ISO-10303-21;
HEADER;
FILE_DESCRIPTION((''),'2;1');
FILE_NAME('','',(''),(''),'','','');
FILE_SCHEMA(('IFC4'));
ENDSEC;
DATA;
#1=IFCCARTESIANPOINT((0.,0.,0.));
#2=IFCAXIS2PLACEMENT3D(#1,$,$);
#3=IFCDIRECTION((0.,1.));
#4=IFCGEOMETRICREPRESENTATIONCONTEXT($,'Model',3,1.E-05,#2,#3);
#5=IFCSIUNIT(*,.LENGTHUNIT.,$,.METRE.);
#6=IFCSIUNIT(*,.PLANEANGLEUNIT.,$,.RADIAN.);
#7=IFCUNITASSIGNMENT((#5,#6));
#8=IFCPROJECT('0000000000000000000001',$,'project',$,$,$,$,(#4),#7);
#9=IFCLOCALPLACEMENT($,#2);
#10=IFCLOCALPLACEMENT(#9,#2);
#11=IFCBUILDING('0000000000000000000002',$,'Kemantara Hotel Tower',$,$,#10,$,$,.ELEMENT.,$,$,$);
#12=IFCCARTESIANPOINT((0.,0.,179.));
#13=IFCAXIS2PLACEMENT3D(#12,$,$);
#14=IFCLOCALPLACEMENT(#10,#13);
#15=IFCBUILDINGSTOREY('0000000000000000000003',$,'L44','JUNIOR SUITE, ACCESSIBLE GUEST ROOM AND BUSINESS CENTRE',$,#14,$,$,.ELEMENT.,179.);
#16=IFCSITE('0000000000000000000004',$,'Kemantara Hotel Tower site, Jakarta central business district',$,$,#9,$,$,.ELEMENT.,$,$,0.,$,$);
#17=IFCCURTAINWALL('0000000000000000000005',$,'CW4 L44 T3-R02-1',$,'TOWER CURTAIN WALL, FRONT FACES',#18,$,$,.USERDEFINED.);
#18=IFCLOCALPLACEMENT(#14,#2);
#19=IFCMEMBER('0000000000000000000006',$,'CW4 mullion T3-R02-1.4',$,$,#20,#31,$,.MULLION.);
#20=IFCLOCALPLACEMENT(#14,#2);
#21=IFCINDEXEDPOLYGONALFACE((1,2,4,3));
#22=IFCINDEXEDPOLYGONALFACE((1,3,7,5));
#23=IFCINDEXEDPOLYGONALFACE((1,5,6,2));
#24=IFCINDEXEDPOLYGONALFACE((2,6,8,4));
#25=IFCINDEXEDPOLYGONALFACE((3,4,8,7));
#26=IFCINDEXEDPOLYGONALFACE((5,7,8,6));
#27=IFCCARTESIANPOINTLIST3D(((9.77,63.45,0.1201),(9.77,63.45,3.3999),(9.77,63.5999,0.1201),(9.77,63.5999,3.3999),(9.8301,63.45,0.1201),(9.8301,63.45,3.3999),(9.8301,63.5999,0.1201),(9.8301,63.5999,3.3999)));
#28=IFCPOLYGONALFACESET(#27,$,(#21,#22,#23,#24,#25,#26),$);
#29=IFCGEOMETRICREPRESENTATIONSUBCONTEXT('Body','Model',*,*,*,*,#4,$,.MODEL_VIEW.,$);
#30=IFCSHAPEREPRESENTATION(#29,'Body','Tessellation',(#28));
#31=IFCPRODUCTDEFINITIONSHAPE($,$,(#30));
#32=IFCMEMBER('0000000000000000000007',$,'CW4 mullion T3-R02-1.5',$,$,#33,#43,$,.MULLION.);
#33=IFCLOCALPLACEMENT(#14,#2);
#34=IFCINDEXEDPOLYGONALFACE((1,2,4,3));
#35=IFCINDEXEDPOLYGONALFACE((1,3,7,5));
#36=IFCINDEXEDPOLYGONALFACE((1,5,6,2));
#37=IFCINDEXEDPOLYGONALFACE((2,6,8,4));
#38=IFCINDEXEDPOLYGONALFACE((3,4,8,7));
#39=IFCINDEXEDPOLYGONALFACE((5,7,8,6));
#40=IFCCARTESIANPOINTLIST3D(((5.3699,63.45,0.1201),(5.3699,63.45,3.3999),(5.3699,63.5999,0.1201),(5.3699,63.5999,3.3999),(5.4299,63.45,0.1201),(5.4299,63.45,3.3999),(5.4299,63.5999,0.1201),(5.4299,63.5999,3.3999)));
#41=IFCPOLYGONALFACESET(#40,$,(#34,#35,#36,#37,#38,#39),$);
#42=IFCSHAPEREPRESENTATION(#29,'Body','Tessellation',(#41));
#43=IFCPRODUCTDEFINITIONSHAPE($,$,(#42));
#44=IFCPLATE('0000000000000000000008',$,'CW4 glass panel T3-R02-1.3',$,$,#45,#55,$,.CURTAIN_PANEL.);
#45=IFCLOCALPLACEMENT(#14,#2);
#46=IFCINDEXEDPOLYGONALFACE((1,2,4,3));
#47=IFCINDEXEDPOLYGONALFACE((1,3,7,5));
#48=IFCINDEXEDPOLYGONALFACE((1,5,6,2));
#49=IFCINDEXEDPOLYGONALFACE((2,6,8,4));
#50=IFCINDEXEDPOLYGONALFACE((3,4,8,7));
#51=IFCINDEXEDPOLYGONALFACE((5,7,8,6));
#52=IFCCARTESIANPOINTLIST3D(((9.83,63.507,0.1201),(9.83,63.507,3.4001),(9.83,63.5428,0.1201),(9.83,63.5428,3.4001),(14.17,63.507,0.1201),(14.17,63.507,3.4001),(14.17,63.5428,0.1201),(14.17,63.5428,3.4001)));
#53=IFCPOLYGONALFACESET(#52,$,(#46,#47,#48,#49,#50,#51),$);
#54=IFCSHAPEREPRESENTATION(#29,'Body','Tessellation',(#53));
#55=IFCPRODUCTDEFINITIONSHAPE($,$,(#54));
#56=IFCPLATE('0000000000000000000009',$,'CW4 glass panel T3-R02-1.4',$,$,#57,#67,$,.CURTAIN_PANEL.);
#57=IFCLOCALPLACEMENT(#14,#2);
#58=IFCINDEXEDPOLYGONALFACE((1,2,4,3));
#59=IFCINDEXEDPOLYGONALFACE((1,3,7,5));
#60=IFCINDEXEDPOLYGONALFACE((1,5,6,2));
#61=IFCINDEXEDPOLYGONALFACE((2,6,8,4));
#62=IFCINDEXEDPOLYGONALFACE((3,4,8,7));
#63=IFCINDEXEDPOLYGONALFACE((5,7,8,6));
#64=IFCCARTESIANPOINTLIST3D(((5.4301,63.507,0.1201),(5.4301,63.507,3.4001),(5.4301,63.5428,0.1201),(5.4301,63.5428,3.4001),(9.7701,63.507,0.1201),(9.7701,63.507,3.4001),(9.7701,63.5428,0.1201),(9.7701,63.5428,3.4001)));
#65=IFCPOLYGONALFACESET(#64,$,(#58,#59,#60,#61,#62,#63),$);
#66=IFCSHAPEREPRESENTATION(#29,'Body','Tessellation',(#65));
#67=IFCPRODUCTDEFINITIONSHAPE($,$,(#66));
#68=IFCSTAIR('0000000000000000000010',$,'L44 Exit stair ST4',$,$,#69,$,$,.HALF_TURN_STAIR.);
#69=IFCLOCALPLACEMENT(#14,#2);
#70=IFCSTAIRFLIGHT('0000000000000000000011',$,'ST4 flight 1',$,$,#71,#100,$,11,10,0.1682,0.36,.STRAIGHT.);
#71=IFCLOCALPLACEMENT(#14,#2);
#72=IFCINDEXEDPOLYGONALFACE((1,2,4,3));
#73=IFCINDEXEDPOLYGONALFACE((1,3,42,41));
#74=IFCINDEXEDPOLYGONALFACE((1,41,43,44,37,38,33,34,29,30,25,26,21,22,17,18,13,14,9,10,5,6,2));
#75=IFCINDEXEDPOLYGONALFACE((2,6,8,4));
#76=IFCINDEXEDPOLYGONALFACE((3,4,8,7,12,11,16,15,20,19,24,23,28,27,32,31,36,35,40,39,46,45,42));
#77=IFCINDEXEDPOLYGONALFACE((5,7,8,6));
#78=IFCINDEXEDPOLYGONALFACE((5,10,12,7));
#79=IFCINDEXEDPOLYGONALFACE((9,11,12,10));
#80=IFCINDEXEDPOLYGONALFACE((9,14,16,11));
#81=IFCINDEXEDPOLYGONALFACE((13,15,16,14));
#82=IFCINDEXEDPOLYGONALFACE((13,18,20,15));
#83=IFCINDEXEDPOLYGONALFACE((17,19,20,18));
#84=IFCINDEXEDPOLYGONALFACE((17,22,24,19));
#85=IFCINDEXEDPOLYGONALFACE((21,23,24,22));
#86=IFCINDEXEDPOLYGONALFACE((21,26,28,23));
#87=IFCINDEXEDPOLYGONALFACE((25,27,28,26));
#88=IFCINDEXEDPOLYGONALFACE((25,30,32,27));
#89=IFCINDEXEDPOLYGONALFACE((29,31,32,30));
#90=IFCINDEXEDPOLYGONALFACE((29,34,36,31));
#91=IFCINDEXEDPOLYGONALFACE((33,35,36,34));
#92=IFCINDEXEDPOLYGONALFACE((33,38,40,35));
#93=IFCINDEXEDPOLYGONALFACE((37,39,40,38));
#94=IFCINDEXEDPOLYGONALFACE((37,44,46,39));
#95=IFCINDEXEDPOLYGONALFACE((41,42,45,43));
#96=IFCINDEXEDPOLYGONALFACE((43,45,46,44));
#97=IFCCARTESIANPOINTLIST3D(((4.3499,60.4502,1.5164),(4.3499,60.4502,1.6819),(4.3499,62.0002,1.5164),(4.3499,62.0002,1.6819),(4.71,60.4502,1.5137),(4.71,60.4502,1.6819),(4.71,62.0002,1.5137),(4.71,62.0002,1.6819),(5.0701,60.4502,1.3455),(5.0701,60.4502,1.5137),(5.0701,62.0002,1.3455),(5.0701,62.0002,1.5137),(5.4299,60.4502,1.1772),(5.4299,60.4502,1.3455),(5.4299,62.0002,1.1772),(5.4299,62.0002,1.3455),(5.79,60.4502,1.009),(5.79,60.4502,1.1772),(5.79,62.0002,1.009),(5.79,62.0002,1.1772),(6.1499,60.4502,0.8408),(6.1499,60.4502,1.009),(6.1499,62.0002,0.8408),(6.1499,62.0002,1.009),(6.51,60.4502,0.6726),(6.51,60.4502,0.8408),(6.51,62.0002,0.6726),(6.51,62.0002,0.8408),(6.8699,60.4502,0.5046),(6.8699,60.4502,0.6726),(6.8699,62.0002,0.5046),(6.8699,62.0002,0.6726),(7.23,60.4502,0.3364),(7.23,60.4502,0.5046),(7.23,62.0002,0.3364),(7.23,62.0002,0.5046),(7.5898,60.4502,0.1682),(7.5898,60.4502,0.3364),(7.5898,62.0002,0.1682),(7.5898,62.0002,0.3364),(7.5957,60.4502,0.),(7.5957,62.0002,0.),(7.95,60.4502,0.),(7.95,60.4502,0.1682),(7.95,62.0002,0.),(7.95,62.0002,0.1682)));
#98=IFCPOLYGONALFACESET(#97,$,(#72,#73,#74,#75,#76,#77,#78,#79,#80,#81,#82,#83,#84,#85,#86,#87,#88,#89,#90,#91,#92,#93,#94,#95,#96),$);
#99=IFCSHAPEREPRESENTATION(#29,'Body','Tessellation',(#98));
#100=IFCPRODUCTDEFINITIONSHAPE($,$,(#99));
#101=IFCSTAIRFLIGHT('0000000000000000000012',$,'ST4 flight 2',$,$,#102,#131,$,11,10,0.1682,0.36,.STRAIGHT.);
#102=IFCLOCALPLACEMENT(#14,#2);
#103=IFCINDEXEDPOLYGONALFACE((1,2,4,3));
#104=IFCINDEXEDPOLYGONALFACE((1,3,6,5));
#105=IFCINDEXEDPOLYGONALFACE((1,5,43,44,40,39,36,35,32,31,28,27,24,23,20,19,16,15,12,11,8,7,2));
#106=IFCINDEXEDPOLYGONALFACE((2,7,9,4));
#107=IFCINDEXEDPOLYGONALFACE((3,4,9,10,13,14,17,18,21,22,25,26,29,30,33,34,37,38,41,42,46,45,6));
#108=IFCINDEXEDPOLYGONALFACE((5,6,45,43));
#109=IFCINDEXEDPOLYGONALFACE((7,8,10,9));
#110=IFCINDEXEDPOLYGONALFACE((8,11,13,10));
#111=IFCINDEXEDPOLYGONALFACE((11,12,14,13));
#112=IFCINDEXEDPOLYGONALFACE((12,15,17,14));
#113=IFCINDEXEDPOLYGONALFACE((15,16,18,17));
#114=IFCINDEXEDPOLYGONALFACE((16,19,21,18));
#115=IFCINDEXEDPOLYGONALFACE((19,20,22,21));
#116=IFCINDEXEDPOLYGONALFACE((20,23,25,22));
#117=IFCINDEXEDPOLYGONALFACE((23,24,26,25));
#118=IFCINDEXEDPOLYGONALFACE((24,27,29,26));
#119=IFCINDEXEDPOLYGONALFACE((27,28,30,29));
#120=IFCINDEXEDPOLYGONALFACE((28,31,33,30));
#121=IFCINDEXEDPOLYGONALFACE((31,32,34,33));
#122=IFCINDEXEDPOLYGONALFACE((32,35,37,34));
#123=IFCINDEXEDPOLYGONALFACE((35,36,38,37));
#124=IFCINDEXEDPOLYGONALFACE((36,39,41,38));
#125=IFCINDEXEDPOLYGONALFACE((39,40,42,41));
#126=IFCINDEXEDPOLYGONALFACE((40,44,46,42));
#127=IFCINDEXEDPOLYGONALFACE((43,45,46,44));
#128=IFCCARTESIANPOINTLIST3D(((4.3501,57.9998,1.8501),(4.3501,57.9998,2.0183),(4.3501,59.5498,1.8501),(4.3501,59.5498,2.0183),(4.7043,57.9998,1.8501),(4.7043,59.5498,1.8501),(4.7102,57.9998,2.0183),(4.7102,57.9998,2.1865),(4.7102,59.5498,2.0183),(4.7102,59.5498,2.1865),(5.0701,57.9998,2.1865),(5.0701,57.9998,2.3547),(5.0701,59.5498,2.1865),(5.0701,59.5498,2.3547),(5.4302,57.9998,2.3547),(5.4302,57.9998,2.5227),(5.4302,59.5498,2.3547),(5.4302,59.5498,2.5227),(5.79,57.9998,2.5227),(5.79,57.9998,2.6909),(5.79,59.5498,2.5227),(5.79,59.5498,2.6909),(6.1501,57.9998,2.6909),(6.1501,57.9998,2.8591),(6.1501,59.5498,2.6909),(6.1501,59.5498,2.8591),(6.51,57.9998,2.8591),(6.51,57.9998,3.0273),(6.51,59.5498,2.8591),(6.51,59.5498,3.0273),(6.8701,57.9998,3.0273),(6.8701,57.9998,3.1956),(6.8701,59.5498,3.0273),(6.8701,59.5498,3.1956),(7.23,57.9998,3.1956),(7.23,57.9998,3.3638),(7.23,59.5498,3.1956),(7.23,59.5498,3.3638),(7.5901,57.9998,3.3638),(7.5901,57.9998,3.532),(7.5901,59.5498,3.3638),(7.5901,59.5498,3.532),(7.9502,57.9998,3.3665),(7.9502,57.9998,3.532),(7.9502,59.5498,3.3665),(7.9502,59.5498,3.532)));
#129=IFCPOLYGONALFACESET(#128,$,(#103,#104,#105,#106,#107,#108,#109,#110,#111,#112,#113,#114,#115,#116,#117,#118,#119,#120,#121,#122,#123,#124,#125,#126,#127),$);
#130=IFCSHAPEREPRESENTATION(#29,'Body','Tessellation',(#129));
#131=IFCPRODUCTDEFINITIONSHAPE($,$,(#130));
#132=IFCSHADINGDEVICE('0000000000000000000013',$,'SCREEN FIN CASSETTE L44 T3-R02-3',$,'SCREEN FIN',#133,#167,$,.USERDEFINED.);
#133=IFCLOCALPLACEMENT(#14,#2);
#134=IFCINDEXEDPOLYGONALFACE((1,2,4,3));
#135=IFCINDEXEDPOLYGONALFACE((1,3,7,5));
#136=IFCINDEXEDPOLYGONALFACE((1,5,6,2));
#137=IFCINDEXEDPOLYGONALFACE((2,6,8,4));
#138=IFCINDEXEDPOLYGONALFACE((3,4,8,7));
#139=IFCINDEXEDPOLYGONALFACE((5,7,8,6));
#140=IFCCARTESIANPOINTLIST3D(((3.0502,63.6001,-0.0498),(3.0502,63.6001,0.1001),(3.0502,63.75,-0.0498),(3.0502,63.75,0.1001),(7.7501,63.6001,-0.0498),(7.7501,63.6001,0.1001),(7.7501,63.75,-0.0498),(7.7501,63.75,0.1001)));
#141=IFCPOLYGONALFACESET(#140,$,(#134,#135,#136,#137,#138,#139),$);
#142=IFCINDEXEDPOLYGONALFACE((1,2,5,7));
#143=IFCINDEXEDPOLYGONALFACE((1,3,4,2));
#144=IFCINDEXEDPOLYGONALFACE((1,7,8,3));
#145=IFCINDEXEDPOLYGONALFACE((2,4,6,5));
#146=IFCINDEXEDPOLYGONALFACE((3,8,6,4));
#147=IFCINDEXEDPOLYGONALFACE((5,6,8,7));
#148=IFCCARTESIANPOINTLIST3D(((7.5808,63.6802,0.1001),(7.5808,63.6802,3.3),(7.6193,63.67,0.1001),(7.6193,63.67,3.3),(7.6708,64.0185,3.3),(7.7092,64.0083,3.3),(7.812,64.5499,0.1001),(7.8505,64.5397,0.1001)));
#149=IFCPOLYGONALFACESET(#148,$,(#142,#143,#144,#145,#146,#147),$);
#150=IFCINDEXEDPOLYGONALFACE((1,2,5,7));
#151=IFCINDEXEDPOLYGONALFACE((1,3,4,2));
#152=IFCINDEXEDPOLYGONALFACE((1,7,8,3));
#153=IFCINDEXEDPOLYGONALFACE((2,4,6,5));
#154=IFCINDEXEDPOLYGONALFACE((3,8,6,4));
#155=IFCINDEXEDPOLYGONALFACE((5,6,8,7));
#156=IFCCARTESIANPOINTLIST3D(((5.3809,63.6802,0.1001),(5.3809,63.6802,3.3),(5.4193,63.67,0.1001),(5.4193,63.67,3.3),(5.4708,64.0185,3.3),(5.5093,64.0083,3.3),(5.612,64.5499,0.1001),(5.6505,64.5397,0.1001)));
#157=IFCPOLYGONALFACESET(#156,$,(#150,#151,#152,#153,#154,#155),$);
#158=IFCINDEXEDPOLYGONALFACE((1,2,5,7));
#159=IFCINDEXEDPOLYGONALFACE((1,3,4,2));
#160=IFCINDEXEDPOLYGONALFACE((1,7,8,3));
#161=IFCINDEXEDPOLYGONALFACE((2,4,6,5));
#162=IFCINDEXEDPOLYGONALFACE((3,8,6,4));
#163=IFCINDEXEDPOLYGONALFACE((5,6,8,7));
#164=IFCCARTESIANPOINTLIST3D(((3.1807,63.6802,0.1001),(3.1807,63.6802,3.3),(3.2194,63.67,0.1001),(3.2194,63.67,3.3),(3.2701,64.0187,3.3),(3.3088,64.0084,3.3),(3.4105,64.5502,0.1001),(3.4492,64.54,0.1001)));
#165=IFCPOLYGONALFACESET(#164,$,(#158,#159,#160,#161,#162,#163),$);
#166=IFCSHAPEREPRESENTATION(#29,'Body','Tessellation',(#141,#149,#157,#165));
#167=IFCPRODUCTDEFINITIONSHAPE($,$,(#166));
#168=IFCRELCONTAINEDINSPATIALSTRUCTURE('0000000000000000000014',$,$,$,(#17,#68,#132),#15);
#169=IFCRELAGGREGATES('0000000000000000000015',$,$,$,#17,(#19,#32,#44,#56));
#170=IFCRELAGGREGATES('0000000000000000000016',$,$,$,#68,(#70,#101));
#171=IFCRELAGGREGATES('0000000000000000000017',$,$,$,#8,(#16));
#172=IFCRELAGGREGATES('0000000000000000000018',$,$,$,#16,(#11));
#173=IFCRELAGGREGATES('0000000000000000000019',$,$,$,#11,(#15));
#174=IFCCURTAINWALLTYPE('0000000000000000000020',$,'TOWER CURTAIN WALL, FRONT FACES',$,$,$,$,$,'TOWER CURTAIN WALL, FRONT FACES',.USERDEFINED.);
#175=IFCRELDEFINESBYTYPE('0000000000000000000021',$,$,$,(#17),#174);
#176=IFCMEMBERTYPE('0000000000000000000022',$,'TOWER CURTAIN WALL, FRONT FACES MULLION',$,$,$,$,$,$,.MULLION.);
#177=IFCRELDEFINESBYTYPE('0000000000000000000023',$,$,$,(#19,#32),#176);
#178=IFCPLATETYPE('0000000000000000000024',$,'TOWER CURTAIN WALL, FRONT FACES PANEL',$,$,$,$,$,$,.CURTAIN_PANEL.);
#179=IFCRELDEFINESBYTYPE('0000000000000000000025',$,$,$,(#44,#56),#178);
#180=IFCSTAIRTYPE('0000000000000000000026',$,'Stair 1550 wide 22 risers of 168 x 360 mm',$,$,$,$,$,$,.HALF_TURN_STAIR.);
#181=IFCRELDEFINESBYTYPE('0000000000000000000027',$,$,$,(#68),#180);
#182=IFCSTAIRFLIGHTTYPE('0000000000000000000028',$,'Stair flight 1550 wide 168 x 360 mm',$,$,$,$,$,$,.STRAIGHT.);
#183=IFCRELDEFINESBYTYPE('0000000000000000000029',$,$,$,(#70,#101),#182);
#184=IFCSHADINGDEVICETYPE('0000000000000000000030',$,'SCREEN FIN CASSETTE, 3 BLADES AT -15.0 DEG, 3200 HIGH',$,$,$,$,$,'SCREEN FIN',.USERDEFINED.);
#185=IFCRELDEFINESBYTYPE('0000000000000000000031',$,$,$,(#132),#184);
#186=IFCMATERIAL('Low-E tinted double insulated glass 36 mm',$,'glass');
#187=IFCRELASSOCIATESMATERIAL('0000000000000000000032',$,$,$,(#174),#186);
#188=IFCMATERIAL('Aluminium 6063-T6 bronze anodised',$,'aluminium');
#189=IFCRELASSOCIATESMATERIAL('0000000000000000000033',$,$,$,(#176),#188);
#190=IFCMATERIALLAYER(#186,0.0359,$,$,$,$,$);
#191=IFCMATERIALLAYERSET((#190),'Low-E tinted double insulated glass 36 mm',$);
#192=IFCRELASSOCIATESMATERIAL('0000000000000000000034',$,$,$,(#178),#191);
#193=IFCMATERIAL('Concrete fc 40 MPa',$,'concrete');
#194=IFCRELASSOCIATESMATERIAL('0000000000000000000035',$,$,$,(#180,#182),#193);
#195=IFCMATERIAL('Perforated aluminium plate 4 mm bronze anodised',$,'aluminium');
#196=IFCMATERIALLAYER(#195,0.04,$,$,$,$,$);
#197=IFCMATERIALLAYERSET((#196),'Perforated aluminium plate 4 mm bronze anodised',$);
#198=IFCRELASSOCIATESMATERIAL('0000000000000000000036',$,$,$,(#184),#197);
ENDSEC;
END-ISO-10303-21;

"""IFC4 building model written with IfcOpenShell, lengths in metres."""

from ifc_helpers import new_model, si_unit, direction, frame, origin, origin_2d, place, context, subcontext, project, spatial, polyline, rectangle, outline, extrude, source, transform, mapped, material, layer, layer_set, material_profile, profile_set, type_object, element, aggregate, save


model = new_model("IFC4")

# Units and contexts
model_context = context("Model", 3, precision=1e-05, world=origin(), true_north=direction((0.0, 1.0)))
body_context = subcontext(model_context, "Body", "Model", "MODEL_VIEW")
ifc_project = project(units=[si_unit("LENGTHUNIT", "METRE"), si_unit("PLANEANGLEUNIT", "RADIAN")], contexts=[model_context])

# Site, building, storey
site_placement = place(None, origin())
site = spatial("IfcSite", under=ifc_project, at=site_placement, Name="Kemantara Hotel Tower site, Jakarta central business district", CompositionType="ELEMENT", RefElevation=0.0)
building_placement = place(site_placement, origin())
building = spatial("IfcBuilding", under=site, at=building_placement, Name="Kemantara Hotel Tower", CompositionType="ELEMENT")
storey_placement = place(building_placement, frame((0.0, 0.0, 179.0)))
storey = spatial("IfcBuildingStorey", under=building, at=storey_placement, Name="L44", Description="JUNIOR SUITE, ACCESSIBLE GUEST ROOM AND BUSINESS CENTRE", CompositionType="ELEMENT", Elevation=179.0)

# Curtain wall, members, plates
ifc_material_1 = material(Name="Low-E tinted double insulated glass 36 mm", Category="glass")
curtain_wall_type = type_object("IfcCurtainWallType", Name="TOWER CURTAIN WALL, FRONT FACES", ElementType="TOWER CURTAIN WALL, FRONT FACES", PredefinedType="USERDEFINED", material=ifc_material_1)
curtain_wall_placement = place(storey_placement, origin())
curtain_wall = element("IfcCurtainWall", 1, at=curtain_wall_placement, inside=storey, type_object=curtain_wall_type, Name="CW4 L44 T3-R02-1", ObjectType="TOWER CURTAIN WALL, FRONT FACES", PredefinedType="USERDEFINED")
ifc_material_2 = material(Name="Aluminium 6063-T6 bronze anodised", Category="aluminium")
ifc_material_profile = material_profile(ifc_material_2, rectangle(XDim=0.1499, YDim=0.0601, at=origin_2d()), Name="TOWER CURTAIN WALL, FRONT FACES MULLION")
ifc_profile_set = profile_set([ifc_material_profile], Name="Aluminium 6063-T6 bronze anodised")
member_type = type_object("IfcMemberType", Name="TOWER CURTAIN WALL, FRONT FACES MULLION", PredefinedType="MULLION", material=ifc_profile_set)
shared_shape_1 = source(origin(), body_context, "Body", "SweptSolid", [
    extrude(rectangle(XDim=0.1499, YDim=0.0601, at=origin_2d()), origin(), (0.0, 0.0, 1.0), 3.2798),
])
member_1_placement = place(storey_placement, frame((9.8, 63.5249, 0.1201), z_axis=(0.0, 0.0, 1.0), x_axis=(0.0, -1.0, 0.0)))
member_1 = element("IfcMember", 2, at=member_1_placement, type_object=member_type, Name="CW4 mullion T3-R02-1.4", PredefinedType="MULLION", context=body_context, shape_type="MappedRepresentation", body=[
    mapped(shared_shape_1, transform((0.0, 0.0, 0.0))),
])
member_2_placement = place(storey_placement, frame((5.3999, 63.5249, 0.1201), z_axis=(0.0, 0.0, 1.0), x_axis=(0.0, -1.0, 0.0)))
member_2 = element("IfcMember", 3, at=member_2_placement, type_object=member_type, Name="CW4 mullion T3-R02-1.5", PredefinedType="MULLION", context=body_context, shape_type="MappedRepresentation", body=[
    mapped(shared_shape_1, transform((0.0, 0.0, 0.0))),
])
ifc_layer_1 = layer(ifc_material_1, 0.0359)
ifc_layer_set_1 = layer_set([ifc_layer_1], Name="Low-E tinted double insulated glass 36 mm")
plate_type = type_object("IfcPlateType", Name="TOWER CURTAIN WALL, FRONT FACES PANEL", PredefinedType="CURTAIN_PANEL", material=ifc_layer_set_1)
shared_shape_2 = source(origin(), body_context, "Body", "SweptSolid", [
    extrude(rectangle(XDim=4.3401, YDim=0.0359, at=origin_2d()), origin(), (0.0, 0.0, 1.0), 3.28),
])
plate_1_placement = place(storey_placement, frame((12.0, 63.5249, 0.1201), z_axis=(0.0, 0.0, 1.0), x_axis=(-1.0, 0.0, 0.0)))
plate_1 = element("IfcPlate", 4, at=plate_1_placement, type_object=plate_type, Name="CW4 glass panel T3-R02-1.3", PredefinedType="CURTAIN_PANEL", context=body_context, shape_type="MappedRepresentation", body=[
    mapped(shared_shape_2, transform((0.0, 0.0, 0.0))),
])
plate_2_placement = place(storey_placement, frame((7.6001, 63.5249, 0.1201), z_axis=(0.0, 0.0, 1.0), x_axis=(-1.0, 0.0, 0.0)))
plate_2 = element("IfcPlate", 5, at=plate_2_placement, type_object=plate_type, Name="CW4 glass panel T3-R02-1.4", PredefinedType="CURTAIN_PANEL", context=body_context, shape_type="MappedRepresentation", body=[
    mapped(shared_shape_2, transform((0.0, 0.0, 0.0))),
])
aggregate(curtain_wall, [member_1, member_2, plate_1, plate_2])

# Stair, stair flights
ifc_material_3 = material(Name="Concrete fc 40 MPa", Category="concrete")
stair_type = type_object("IfcStairType", Name="Stair 1550 wide 22 risers of 168 x 360 mm", PredefinedType="HALF_TURN_STAIR", material=ifc_material_3)
stair_placement = place(storey_placement, origin())
stair = element("IfcStair", 6, at=stair_placement, inside=storey, type_object=stair_type, Name="L44 Exit stair ST4", PredefinedType="HALF_TURN_STAIR")
stair_flight_type = type_object("IfcStairFlightType", Name="Stair flight 1550 wide 168 x 360 mm", PredefinedType="STRAIGHT", material=ifc_material_3)
stair_flight_1_placement = place(storey_placement, frame((7.95, 61.2251, 0.0), z_axis=(0.0, 0.0, 1.0), x_axis=(-1.0, 0.0, 0.0)))
stair_flight_1 = element("IfcStairFlight", 7, at=stair_flight_1_placement, type_object=stair_flight_type, Name="ST4 flight 1", NumberOfRisers=11, NumberOfTreads=10, PredefinedType="STRAIGHT", RiserHeight=0.1682, TreadLength=0.36, context=body_context, shape_type="SweptSolid", body=[
    extrude(outline(polyline([(0.0, 0.0), (0.0, 0.1682), (0.3601, 0.1682), (0.3601, 0.3364), (0.72, 0.3364), (0.72, 0.5046), (1.0801, 0.5046), (1.0801, 0.6726), (1.4399, 0.6726), (1.4399, 0.8408), (1.8, 0.8408), (1.8, 1.009), (2.1599, 1.009), (2.1599, 1.1772), (2.52, 1.1772), (2.52, 1.3455), (2.8799, 1.3455), (2.8799, 1.5137), (3.24, 1.5137), (3.24, 1.6819), (3.6001, 1.6819), (3.6001, 1.8501), (3.6001, 1.5164), (0.3542, 0.0), (0.0, 0.0)])), frame((0.0, 0.7749, 0.0), z_axis=(0.0, -1.0, 0.0), x_axis=(1.0, 0.0, 0.0)), (0.0, 0.0, 1.0), 1.55),
])
stair_flight_2_placement = place(storey_placement, frame((4.3501, 58.7749, 1.8501), z_axis=(0.0, 0.0, 1.0), x_axis=(1.0, 0.0, 0.0)))
stair_flight_2 = element("IfcStairFlight", 8, at=stair_flight_2_placement, type_object=stair_flight_type, Name="ST4 flight 2", NumberOfRisers=11, NumberOfTreads=10, PredefinedType="STRAIGHT", RiserHeight=0.1682, TreadLength=0.36, context=body_context, shape_type="SweptSolid", body=[
    extrude(outline(polyline([(0.0, 0.0), (0.0, 0.1682), (0.3601, 0.1682), (0.3601, 0.3364), (0.72, 0.3364), (0.72, 0.5046), (1.0801, 0.5046), (1.0801, 0.6726), (1.4399, 0.6726), (1.4399, 0.8408), (1.8, 0.8408), (1.8, 1.009), (2.1599, 1.009), (2.1599, 1.1772), (2.52, 1.1772), (2.52, 1.3455), (2.8799, 1.3455), (2.8799, 1.5137), (3.24, 1.5137), (3.24, 1.6819), (3.6001, 1.6819), (3.6001, 1.8501), (3.6001, 1.5164), (0.3542, 0.0), (0.0, 0.0)])), frame((0.0, 0.7749, 0.0), z_axis=(0.0, -1.0, 0.0), x_axis=(1.0, 0.0, 0.0)), (0.0, 0.0, 1.0), 1.55),
])
aggregate(stair, [stair_flight_1, stair_flight_2])

# Shading device
ifc_material_4 = material(Name="Perforated aluminium plate 4 mm bronze anodised", Category="aluminium")
ifc_layer_2 = layer(ifc_material_4, 0.04)
ifc_layer_set_2 = layer_set([ifc_layer_2], Name="Perforated aluminium plate 4 mm bronze anodised")
shading_device_type = type_object("IfcShadingDeviceType", Name="SCREEN FIN CASSETTE, 3 BLADES AT -15.0 DEG, 3200 HIGH", ElementType="SCREEN FIN", PredefinedType="USERDEFINED", material=ifc_layer_set_2)
shared_shape_3 = source(origin(), body_context, "Body", "SweptSolid", [
    extrude(rectangle(XDim=4.7, YDim=0.1499, at=origin_2d()), frame((2.2, -0.075, -0.1499), z_axis=(0.0, 0.0, 1.0), x_axis=(1.0, 0.0, 0.0)), (0.0, 0.0, 1.0), 0.1499),
    extrude(outline(polyline([(0.0, 0.0), (0.8999, 0.0), (0.3501, 3.2), (0.0, 3.2), (0.0, 0.0)])), frame((0.0193, -0.0801, 0.0), z_axis=(-0.966438, 0.256901, 0.0), x_axis=(-0.256901, -0.966438, 0.0)), (0.0, 0.0, 1.0), 0.0398),
    extrude(outline(polyline([(0.0, 0.0), (0.8999, 0.0), (0.3501, 3.2), (0.0, 3.2), (0.0, 0.0)])), frame((2.2192, -0.0801, 0.0), z_axis=(-0.966438, 0.256901, 0.0), x_axis=(-0.256901, -0.966438, 0.0)), (0.0, 0.0, 1.0), 0.0398),
    extrude(outline(polyline([(0.0, 0.0), (0.8999, 0.0), (0.3501, 3.2), (0.0, 3.2), (0.0, 0.0)])), frame((4.4194, -0.0801, 0.0), z_axis=(-0.966838, 0.255391, 0.0), x_axis=(-0.255391, -0.966838, 0.0)), (0.0, 0.0, 1.0), 0.04),
])
shading_device_placement = place(storey_placement, frame((7.6001, 63.6001, 0.1001), z_axis=(0.0, 0.0, 1.0), x_axis=(-1.0, 0.0, 0.0)))
element("IfcShadingDevice", 9, at=shading_device_placement, inside=storey, type_object=shading_device_type, Name="SCREEN FIN CASSETTE L44 T3-R02-3", ObjectType="SCREEN FIN", PredefinedType="USERDEFINED", context=body_context, shape_type="MappedRepresentation", body=[
    mapped(shared_shape_3, transform((0.0, 0.0, 0.0))),
])

save(model, "model.ifc")
